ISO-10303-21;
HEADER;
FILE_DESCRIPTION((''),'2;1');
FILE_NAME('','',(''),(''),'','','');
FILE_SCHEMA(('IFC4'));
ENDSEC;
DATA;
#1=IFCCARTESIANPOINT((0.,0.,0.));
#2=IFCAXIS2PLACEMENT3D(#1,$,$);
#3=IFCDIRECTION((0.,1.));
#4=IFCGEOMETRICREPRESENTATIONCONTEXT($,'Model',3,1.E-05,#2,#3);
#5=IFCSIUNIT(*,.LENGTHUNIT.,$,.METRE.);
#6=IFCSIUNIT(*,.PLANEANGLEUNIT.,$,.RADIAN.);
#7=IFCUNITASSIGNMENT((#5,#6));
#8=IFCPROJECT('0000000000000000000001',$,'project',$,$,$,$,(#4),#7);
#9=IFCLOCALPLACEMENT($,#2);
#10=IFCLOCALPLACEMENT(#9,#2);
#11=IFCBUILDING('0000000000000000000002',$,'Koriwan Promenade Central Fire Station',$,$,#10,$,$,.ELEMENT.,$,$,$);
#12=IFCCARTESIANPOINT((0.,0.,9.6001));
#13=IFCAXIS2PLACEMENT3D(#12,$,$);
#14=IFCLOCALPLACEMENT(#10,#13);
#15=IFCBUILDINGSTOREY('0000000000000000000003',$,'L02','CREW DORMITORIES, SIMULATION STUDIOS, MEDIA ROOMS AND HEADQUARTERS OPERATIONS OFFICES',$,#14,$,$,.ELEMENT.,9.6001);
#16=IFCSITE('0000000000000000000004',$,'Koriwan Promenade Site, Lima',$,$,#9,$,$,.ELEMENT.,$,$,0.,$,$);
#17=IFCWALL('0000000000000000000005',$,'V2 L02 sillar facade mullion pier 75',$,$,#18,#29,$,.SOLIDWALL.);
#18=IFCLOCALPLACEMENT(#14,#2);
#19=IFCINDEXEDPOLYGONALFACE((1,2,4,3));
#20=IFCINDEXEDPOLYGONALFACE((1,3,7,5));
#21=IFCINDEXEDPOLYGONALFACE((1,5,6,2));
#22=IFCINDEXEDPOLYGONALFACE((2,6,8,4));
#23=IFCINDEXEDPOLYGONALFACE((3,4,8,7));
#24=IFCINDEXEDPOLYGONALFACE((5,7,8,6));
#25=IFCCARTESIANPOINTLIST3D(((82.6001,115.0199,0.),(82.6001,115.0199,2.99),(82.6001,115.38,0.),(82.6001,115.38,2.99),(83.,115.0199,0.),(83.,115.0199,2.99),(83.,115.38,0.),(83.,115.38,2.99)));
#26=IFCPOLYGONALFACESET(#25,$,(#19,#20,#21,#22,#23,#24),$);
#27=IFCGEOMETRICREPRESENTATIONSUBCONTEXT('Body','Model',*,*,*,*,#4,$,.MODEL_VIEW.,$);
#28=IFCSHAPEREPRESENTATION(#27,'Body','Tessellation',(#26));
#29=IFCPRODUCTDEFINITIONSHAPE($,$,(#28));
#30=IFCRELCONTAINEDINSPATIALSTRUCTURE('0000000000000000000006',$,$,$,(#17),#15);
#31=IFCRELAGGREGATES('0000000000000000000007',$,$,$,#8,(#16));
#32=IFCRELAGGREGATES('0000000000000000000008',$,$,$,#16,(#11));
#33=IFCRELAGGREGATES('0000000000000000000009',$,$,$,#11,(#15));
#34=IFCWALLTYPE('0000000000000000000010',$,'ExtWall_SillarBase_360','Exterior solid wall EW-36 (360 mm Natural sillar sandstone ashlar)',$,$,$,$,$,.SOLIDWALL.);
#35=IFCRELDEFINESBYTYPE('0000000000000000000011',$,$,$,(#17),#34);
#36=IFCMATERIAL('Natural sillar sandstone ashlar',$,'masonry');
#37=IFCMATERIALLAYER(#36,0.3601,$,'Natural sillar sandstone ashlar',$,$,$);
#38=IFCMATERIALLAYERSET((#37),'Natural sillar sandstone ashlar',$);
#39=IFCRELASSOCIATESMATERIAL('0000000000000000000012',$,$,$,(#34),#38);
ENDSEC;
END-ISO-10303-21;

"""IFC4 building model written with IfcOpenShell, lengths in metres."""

from ifc_helpers import new_model, si_unit, direction, frame, frame_2d, origin, place, context, subcontext, project, spatial, rectangle, extrude, material, layer, layer_set, type_object, element, save


model = new_model("IFC4")

# Units and contexts
model_context = context("Model", 3, precision=1e-05, world=origin(), true_north=direction((0.0, 1.0)))
body_context = subcontext(model_context, "Body", "Model", "MODEL_VIEW")
ifc_project = project(units=[si_unit("LENGTHUNIT", "METRE"), si_unit("PLANEANGLEUNIT", "RADIAN")], contexts=[model_context])

# Site, building, storey
site_placement = place(None, origin())
site = spatial("IfcSite", under=ifc_project, at=site_placement, Name="Koriwan Promenade Site, Lima", CompositionType="ELEMENT", RefElevation=0.0)
building_placement = place(site_placement, origin())
building = spatial("IfcBuilding", under=site, at=building_placement, Name="Koriwan Promenade Central Fire Station", CompositionType="ELEMENT")
storey_placement = place(building_placement, frame((0.0, 0.0, 9.6001)))
storey = spatial("IfcBuildingStorey", under=building, at=storey_placement, Name="L02", Description="CREW DORMITORIES, SIMULATION STUDIOS, MEDIA ROOMS AND HEADQUARTERS OPERATIONS OFFICES", CompositionType="ELEMENT", Elevation=9.6001)

# Wall
ifc_material_1 = material(Name="Natural sillar sandstone ashlar", Category="masonry")
ifc_layer_1 = layer(ifc_material_1, 0.3601, Name="Natural sillar sandstone ashlar")
ifc_layer_set_1 = layer_set([ifc_layer_1], Name="Natural sillar sandstone ashlar")
wall_type = type_object("IfcWallType", Name="ExtWall_SillarBase_360", Description="Exterior solid wall EW-36 (360 mm Natural sillar sandstone ashlar)", PredefinedType="SOLIDWALL", material=ifc_layer_set_1)
wall_placement = place(storey_placement, frame((83.0, 115.2, 0.0), z_axis=(0.0, 0.0, 1.0), x_axis=(-1.0, 0.0, 0.0)))
element("IfcWall", 1, at=wall_placement, inside=storey, type_object=wall_type, Name="V2 L02 sillar facade mullion pier 75", PredefinedType="SOLIDWALL", context=body_context, shape_type="SweptSolid", body=[
    extrude(rectangle(XDim=0.3999, YDim=0.3601, at=frame_2d((0.2, 0.0))), origin(), (0.0, 0.0, 1.0), 2.99),
])

save(model, "model.ifc")
